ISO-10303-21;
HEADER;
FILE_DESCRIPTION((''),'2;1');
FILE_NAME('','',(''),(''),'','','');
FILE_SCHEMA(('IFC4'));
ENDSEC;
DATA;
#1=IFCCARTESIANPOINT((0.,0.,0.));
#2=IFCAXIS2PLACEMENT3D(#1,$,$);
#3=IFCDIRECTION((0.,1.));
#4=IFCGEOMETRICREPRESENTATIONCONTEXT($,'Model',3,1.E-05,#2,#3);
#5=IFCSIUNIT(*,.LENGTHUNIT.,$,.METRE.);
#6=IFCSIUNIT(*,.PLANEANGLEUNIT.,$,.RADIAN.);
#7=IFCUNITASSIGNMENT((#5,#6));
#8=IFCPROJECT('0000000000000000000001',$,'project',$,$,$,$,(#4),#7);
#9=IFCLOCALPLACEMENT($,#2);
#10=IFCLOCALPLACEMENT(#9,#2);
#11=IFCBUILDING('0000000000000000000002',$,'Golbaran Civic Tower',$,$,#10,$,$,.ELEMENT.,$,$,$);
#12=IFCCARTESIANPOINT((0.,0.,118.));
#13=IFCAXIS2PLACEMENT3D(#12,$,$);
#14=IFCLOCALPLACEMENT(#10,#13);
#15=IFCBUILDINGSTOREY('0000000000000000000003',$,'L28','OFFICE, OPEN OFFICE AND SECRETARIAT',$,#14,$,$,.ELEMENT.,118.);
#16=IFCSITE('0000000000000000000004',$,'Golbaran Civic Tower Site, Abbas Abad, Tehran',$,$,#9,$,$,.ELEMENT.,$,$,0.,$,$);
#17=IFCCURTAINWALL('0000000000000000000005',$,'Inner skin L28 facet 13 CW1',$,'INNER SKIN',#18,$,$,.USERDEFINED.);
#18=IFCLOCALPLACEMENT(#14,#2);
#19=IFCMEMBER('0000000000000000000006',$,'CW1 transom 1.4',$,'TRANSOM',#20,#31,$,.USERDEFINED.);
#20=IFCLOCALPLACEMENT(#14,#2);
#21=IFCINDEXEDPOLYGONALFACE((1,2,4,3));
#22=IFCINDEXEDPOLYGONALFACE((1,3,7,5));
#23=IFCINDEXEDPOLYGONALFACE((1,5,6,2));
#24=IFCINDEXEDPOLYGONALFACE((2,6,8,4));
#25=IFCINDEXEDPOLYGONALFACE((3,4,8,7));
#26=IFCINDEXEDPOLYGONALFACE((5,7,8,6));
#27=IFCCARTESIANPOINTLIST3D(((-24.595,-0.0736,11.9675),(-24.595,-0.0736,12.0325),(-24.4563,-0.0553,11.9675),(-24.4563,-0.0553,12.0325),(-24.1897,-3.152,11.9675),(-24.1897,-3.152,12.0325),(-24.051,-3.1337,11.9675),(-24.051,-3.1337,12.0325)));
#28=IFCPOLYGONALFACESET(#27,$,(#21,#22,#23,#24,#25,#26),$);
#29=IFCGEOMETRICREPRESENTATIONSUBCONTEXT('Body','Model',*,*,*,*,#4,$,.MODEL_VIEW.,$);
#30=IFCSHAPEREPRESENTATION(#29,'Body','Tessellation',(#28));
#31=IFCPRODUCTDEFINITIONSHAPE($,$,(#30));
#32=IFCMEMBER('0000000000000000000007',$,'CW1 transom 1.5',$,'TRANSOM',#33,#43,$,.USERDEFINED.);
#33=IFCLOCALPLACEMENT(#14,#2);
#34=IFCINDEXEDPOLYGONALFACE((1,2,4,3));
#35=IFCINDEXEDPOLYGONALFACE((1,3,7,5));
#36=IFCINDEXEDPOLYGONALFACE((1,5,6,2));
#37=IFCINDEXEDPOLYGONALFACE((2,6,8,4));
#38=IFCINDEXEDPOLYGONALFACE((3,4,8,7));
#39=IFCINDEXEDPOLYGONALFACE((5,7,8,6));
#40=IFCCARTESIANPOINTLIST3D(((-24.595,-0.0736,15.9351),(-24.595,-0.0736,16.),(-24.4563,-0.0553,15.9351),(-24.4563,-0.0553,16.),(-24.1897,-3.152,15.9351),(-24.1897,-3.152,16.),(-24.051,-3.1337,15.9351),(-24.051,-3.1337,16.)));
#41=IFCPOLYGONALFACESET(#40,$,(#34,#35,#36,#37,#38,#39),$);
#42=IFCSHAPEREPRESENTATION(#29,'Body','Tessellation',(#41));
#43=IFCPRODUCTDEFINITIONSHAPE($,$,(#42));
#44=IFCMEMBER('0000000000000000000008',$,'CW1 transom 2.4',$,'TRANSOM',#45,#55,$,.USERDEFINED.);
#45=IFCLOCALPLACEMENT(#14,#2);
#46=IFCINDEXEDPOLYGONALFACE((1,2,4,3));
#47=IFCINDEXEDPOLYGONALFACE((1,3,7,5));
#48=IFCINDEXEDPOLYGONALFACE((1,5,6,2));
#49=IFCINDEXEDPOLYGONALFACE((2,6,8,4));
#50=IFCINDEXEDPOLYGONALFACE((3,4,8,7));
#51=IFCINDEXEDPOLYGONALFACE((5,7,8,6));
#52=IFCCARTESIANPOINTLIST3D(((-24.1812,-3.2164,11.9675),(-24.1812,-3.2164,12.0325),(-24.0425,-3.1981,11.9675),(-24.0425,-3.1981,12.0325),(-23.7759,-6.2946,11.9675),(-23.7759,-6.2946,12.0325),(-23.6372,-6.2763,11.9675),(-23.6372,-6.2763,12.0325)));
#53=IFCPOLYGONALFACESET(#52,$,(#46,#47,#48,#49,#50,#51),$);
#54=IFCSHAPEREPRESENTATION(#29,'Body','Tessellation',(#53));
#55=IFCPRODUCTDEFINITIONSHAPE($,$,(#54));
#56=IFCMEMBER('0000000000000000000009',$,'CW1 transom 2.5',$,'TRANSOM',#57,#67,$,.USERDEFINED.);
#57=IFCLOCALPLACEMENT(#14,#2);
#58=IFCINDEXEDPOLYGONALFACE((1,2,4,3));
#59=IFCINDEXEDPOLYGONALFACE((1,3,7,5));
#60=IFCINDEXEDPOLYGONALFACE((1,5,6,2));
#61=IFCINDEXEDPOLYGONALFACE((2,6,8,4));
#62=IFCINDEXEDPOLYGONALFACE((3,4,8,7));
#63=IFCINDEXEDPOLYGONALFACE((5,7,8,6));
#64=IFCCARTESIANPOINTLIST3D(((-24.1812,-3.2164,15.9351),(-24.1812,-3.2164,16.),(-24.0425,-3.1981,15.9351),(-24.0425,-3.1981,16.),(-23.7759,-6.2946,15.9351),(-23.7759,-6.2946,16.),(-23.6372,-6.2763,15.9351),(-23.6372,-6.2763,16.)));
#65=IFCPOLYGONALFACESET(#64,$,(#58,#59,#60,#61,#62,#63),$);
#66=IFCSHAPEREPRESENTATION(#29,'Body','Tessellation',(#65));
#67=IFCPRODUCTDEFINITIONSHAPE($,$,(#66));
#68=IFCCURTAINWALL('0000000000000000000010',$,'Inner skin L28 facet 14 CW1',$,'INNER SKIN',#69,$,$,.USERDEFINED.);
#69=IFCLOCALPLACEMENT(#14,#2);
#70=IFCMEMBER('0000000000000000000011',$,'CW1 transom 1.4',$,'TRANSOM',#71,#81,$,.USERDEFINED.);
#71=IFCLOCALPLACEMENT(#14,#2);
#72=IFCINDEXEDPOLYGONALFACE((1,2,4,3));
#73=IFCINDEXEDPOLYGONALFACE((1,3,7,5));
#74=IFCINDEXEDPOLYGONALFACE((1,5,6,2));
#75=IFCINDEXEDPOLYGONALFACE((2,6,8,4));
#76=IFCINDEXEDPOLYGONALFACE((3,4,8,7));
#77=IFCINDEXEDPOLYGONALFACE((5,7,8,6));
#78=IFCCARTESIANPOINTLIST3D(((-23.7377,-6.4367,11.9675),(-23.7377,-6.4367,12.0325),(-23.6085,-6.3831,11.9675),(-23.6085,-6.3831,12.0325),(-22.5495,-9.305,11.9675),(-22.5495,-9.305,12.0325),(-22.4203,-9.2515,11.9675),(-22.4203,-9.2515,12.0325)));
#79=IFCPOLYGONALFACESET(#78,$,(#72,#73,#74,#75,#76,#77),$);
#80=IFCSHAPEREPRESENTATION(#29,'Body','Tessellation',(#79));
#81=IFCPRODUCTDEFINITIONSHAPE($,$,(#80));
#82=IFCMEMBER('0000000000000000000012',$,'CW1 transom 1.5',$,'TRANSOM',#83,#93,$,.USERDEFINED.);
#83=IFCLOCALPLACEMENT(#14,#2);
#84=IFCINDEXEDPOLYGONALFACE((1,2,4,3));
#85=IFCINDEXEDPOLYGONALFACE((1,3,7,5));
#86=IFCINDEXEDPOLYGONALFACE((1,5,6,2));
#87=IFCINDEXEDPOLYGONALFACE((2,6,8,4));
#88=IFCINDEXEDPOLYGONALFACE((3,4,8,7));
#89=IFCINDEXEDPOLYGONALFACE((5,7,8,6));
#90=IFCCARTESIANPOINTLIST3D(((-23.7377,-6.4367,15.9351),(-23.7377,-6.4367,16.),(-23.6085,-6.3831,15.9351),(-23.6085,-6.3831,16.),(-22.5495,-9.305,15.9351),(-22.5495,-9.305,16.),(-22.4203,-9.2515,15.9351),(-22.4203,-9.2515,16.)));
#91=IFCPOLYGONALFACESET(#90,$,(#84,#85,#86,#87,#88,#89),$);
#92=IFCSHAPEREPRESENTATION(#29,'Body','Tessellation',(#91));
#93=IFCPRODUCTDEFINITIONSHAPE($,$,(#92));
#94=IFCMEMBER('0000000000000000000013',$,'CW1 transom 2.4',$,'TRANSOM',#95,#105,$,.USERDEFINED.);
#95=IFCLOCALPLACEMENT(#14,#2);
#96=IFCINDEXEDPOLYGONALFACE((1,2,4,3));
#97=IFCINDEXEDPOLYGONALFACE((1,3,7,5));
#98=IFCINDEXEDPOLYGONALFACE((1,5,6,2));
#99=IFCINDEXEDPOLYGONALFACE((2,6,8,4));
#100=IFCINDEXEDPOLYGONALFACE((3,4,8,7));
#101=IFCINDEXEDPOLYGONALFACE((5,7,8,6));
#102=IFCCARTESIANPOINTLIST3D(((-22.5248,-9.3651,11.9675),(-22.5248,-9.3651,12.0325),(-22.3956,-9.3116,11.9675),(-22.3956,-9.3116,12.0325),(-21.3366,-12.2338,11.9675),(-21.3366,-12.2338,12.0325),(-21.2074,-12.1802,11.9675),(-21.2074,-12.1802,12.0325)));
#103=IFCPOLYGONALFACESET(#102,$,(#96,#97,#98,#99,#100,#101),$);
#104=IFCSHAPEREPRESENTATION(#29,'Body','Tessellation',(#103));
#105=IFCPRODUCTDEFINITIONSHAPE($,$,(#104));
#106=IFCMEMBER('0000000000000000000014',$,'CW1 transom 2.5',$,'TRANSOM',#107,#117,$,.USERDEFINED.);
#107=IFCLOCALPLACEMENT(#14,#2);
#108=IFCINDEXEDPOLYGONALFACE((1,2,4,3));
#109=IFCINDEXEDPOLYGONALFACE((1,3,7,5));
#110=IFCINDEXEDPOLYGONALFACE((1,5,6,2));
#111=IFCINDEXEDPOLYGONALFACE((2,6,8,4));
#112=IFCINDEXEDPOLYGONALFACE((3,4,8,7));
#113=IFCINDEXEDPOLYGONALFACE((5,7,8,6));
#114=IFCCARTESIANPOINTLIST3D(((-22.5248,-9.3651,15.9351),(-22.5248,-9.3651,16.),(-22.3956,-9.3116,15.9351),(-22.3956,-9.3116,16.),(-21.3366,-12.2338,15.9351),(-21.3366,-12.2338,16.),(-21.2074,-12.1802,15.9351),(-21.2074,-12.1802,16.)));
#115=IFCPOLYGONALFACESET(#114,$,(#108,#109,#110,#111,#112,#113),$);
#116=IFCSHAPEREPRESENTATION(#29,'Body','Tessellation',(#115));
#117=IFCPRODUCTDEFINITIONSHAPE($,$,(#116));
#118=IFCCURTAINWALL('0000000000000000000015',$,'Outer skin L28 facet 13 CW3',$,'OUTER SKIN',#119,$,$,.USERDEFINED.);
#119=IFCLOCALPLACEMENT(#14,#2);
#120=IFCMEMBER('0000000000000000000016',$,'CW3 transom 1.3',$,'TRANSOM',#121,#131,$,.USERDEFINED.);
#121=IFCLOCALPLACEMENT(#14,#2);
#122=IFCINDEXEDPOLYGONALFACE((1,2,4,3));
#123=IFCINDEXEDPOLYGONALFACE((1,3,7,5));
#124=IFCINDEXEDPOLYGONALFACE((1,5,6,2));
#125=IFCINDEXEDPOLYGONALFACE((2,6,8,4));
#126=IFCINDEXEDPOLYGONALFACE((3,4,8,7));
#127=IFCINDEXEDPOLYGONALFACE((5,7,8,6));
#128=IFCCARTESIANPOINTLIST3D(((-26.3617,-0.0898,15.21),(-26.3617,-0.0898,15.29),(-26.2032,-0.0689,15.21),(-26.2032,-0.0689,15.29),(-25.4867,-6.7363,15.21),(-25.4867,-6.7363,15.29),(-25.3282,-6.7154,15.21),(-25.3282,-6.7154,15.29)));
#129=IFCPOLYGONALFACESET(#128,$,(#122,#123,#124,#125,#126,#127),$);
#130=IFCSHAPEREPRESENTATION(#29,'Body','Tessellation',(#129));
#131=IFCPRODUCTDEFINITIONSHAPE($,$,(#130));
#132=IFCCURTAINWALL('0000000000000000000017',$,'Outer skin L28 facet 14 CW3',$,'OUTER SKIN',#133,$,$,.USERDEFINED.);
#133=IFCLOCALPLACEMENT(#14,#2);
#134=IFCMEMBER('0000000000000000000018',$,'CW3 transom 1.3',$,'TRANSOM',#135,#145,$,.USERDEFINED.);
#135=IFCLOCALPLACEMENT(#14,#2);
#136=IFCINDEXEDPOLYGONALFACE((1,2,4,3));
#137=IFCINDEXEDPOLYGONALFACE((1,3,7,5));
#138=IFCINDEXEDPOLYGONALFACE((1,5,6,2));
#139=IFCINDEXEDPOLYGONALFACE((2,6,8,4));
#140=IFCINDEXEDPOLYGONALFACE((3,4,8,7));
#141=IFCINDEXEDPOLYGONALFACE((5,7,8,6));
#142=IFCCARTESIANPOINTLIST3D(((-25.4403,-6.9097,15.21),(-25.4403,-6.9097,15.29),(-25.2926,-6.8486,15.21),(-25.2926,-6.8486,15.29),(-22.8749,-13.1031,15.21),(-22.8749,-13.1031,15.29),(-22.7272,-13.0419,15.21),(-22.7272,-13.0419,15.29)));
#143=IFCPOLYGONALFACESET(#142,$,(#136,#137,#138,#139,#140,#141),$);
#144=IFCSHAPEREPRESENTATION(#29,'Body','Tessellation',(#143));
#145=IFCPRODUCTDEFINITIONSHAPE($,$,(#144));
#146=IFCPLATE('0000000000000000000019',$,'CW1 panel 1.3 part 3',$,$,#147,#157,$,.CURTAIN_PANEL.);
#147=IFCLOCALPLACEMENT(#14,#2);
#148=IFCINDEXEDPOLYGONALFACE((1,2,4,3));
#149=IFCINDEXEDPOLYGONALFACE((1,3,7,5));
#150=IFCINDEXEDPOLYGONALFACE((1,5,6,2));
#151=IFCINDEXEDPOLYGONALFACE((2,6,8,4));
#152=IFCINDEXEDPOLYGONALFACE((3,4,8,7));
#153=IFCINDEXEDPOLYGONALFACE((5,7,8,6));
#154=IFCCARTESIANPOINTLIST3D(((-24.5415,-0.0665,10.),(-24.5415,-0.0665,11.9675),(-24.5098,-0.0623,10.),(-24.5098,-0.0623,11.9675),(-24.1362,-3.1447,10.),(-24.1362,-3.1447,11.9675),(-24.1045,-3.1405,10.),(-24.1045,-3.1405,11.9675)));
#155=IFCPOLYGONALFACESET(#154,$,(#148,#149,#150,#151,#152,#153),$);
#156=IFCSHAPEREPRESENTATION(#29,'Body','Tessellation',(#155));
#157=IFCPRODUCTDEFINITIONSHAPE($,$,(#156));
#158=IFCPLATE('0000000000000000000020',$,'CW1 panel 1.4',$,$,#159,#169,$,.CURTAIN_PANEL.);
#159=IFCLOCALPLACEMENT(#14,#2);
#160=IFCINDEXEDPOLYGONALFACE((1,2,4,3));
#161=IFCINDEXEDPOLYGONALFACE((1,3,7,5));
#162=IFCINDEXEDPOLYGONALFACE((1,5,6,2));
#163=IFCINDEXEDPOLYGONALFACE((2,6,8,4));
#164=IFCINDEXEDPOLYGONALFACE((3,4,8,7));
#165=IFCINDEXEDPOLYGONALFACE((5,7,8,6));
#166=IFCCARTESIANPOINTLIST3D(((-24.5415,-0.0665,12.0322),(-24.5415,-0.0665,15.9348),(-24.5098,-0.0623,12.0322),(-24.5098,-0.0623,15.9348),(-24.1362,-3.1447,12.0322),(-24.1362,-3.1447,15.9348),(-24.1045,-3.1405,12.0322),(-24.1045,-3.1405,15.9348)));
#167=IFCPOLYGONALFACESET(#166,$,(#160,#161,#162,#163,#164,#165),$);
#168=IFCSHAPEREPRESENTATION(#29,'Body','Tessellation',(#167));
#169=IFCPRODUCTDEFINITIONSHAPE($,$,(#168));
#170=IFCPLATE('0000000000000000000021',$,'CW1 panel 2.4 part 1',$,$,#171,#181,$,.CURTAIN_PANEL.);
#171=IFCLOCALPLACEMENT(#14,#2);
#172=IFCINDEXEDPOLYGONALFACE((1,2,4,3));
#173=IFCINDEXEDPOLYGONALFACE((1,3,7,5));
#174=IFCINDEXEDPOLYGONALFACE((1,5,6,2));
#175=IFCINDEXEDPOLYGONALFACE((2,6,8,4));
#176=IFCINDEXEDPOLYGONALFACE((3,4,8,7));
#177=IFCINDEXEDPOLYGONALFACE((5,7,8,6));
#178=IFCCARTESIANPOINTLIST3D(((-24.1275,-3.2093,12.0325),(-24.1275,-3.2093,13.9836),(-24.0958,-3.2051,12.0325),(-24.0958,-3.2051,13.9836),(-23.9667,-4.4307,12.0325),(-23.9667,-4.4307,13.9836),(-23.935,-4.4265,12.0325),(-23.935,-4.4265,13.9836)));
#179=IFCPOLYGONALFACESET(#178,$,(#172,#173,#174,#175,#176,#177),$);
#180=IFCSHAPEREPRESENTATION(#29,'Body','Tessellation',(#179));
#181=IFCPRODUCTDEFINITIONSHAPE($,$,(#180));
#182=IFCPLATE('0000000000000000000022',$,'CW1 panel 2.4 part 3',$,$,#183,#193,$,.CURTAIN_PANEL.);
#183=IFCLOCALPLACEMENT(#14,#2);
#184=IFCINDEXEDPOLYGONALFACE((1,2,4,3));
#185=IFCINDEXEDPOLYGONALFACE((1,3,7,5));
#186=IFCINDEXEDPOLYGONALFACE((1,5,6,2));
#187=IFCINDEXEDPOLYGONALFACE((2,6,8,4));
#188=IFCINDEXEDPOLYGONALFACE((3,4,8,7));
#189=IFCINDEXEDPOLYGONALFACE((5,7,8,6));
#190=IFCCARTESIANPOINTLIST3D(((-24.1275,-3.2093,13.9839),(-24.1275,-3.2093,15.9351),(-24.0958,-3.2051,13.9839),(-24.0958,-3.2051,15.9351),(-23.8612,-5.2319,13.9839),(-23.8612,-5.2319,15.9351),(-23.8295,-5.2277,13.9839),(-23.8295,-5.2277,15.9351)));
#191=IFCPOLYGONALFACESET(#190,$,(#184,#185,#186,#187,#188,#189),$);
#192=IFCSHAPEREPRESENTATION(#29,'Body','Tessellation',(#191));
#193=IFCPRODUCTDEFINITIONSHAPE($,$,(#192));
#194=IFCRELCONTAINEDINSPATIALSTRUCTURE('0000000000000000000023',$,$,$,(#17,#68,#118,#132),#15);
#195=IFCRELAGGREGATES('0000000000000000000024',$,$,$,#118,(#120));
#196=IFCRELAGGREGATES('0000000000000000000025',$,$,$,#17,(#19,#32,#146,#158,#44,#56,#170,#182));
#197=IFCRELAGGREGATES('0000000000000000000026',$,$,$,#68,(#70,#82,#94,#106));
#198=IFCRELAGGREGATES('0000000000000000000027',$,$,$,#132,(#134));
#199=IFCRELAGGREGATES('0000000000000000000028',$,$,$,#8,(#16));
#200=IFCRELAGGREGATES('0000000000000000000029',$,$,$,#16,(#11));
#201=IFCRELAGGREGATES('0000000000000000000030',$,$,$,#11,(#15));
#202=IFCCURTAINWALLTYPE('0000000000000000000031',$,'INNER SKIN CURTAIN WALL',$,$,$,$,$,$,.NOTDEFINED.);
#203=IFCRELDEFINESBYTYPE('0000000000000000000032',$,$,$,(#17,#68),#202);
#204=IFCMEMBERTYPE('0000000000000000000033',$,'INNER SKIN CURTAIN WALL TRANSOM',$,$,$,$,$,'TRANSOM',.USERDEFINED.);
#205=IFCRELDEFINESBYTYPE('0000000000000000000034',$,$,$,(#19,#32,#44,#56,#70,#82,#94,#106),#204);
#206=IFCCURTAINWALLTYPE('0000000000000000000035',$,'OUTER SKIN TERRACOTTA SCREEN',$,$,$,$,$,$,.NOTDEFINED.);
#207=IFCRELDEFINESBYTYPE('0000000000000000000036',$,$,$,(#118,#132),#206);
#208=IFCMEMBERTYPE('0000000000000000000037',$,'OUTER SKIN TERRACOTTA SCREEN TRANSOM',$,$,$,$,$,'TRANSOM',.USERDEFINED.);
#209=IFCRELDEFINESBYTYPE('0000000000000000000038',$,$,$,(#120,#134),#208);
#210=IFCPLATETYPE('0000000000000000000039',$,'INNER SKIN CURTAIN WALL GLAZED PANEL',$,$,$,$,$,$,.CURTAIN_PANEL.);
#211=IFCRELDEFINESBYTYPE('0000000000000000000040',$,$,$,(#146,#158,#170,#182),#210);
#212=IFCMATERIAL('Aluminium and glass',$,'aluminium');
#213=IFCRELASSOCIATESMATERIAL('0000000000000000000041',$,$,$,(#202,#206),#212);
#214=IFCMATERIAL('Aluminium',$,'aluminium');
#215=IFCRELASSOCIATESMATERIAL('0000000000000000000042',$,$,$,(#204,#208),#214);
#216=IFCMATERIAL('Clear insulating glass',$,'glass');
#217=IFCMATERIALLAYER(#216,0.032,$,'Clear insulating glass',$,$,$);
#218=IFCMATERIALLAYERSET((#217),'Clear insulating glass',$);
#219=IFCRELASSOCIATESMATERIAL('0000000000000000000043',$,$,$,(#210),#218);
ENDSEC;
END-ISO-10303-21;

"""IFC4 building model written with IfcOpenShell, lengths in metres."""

from ifc_helpers import new_model, si_unit, direction, frame, origin, origin_2d, place, context, subcontext, project, spatial, rectangle, extrude, material, layer, layer_set, material_profile, profile_set, type_object, element, aggregate, save


model = new_model("IFC4")

# Units and contexts
model_context = context("Model", 3, precision=1e-05, world=origin(), true_north=direction((0.0, 1.0)))
body_context = subcontext(model_context, "Body", "Model", "MODEL_VIEW")
ifc_project = project(units=[si_unit("LENGTHUNIT", "METRE"), si_unit("PLANEANGLEUNIT", "RADIAN")], contexts=[model_context])

# Site, building, storey
site_placement = place(None, origin())
site = spatial("IfcSite", under=ifc_project, at=site_placement, Name="Golbaran Civic Tower Site, Abbas Abad, Tehran", CompositionType="ELEMENT", RefElevation=0.0)
building_placement = place(site_placement, origin())
building = spatial("IfcBuilding", under=site, at=building_placement, Name="Golbaran Civic Tower", CompositionType="ELEMENT")
storey_placement = place(building_placement, frame((0.0, 0.0, 118.0)))
storey = spatial("IfcBuildingStorey", under=building, at=storey_placement, Name="L28", Description="OFFICE, OPEN OFFICE AND SECRETARIAT", CompositionType="ELEMENT", Elevation=118.0)

# Curtain walls, members
ifc_material_1 = material(Name="Aluminium and glass", Category="aluminium")
curtain_wall_type_1 = type_object("IfcCurtainWallType", Name="INNER SKIN CURTAIN WALL", PredefinedType="NOTDEFINED", material=ifc_material_1)
curtain_wall_1_placement = place(storey_placement, origin())
curtain_wall_1 = element("IfcCurtainWall", 1, at=curtain_wall_1_placement, inside=storey, type_object=curtain_wall_type_1, Name="Inner skin L28 facet 13 CW1", ObjectType="INNER SKIN", PredefinedType="USERDEFINED")
ifc_material_2 = material(Name="Aluminium", Category="aluminium")
ifc_material_profile_1 = material_profile(ifc_material_2, rectangle(XDim=0.1399, YDim=0.0649, at=origin_2d()), Name="INNER SKIN CURTAIN WALL TRANSOM")
ifc_profile_set_1 = profile_set([ifc_material_profile_1], Name="Aluminium")
member_type_1 = type_object("IfcMemberType", Name="INNER SKIN CURTAIN WALL TRANSOM", ElementType="TRANSOM", PredefinedType="USERDEFINED", material=ifc_profile_set_1)
member_1_placement = place(storey_placement, frame((-24.5256, -0.0645, 12.0), z_axis=(0.130526, -0.991445, 0.0), x_axis=(0.991445, 0.130526, 0.0)))
member_1 = element("IfcMember", 2, at=member_1_placement, type_object=member_type_1, Name="CW1 transom 1.4", ObjectType="TRANSOM", PredefinedType="USERDEFINED", context=body_context, shape_type="SweptSolid", body=[
    extrude(rectangle(XDim=0.1399, YDim=0.0649, at=origin_2d()), origin(), (0.0, 0.0, 1.0), 3.105),
])
member_2_placement = place(storey_placement, frame((-24.5256, -0.0645, 15.9675), z_axis=(0.130526, -0.991445, 0.0), x_axis=(0.991445, 0.130526, 0.0)))
member_2 = element("IfcMember", 3, at=member_2_placement, type_object=member_type_1, Name="CW1 transom 1.5", ObjectType="TRANSOM", PredefinedType="USERDEFINED", context=body_context, shape_type="SweptSolid", body=[
    extrude(rectangle(XDim=0.1399, YDim=0.0649, at=origin_2d()), origin(), (0.0, 0.0, 1.0), 3.105),
])
member_3_placement = place(storey_placement, frame((-24.1118, -3.2073, 12.0), z_axis=(0.130536, -0.991444, 0.0), x_axis=(0.991444, 0.130536, 0.0)))
member_3 = element("IfcMember", 4, at=member_3_placement, type_object=member_type_1, Name="CW1 transom 2.4", ObjectType="TRANSOM", PredefinedType="USERDEFINED", context=body_context, shape_type="SweptSolid", body=[
    extrude(rectangle(XDim=0.1399, YDim=0.0649, at=origin_2d()), origin(), (0.0, 0.0, 1.0), 3.1047),
])
member_4_placement = place(storey_placement, frame((-24.1118, -3.2073, 15.9675), z_axis=(0.130536, -0.991444, 0.0), x_axis=(0.991444, 0.130536, 0.0)))
member_4 = element("IfcMember", 5, at=member_4_placement, type_object=member_type_1, Name="CW1 transom 2.5", ObjectType="TRANSOM", PredefinedType="USERDEFINED", context=body_context, shape_type="SweptSolid", body=[
    extrude(rectangle(XDim=0.1399, YDim=0.0649, at=origin_2d()), origin(), (0.0, 0.0, 1.0), 3.1047),
])
curtain_wall_2_placement = place(storey_placement, origin())
curtain_wall_2 = element("IfcCurtainWall", 6, at=curtain_wall_2_placement, inside=storey, type_object=curtain_wall_type_1, Name="Inner skin L28 facet 14 CW1", ObjectType="INNER SKIN", PredefinedType="USERDEFINED")
member_5_placement = place(storey_placement, frame((-23.6731, -6.4099, 12.0), z_axis=(0.382711, -0.923868, 0.0), x_axis=(0.923868, 0.382711, 0.0)))
member_5 = element("IfcMember", 7, at=member_5_placement, type_object=member_type_1, Name="CW1 transom 1.4", ObjectType="TRANSOM", PredefinedType="USERDEFINED", context=body_context, shape_type="SweptSolid", body=[
    extrude(rectangle(XDim=0.1399, YDim=0.0649, at=origin_2d()), origin(), (0.0, 0.0, 1.0), 3.1047),
])
member_6_placement = place(storey_placement, frame((-23.6731, -6.4099, 15.9675), z_axis=(0.382711, -0.923868, 0.0), x_axis=(0.923868, 0.382711, 0.0)))
member_6 = element("IfcMember", 8, at=member_6_placement, type_object=member_type_1, Name="CW1 transom 1.5", ObjectType="TRANSOM", PredefinedType="USERDEFINED", context=body_context, shape_type="SweptSolid", body=[
    extrude(rectangle(XDim=0.1399, YDim=0.0649, at=origin_2d()), origin(), (0.0, 0.0, 1.0), 3.1047),
])
member_7_placement = place(storey_placement, frame((-22.4602, -9.3384, 12.0), z_axis=(0.382683, -0.92388, 0.0), x_axis=(0.92388, 0.382683, 0.0)))
member_7 = element("IfcMember", 9, at=member_7_placement, type_object=member_type_1, Name="CW1 transom 2.4", ObjectType="TRANSOM", PredefinedType="USERDEFINED", context=body_context, shape_type="SweptSolid", body=[
    extrude(rectangle(XDim=0.1399, YDim=0.0649, at=origin_2d()), origin(), (0.0, 0.0, 1.0), 3.105),
])
member_8_placement = place(storey_placement, frame((-22.4602, -9.3384, 15.9675), z_axis=(0.382683, -0.92388, 0.0), x_axis=(0.92388, 0.382683, 0.0)))
member_8 = element("IfcMember", 10, at=member_8_placement, type_object=member_type_1, Name="CW1 transom 2.5", ObjectType="TRANSOM", PredefinedType="USERDEFINED", context=body_context, shape_type="SweptSolid", body=[
    extrude(rectangle(XDim=0.1399, YDim=0.0649, at=origin_2d()), origin(), (0.0, 0.0, 1.0), 3.105),
])

# Curtain walls, members
curtain_wall_type_2 = type_object("IfcCurtainWallType", Name="OUTER SKIN TERRACOTTA SCREEN", PredefinedType="NOTDEFINED", material=ifc_material_1)
curtain_wall_3_placement = place(storey_placement, origin())
curtain_wall_3 = element("IfcCurtainWall", 11, at=curtain_wall_3_placement, inside=storey, type_object=curtain_wall_type_2, Name="Outer skin L28 facet 13 CW3", ObjectType="OUTER SKIN", PredefinedType="USERDEFINED")
ifc_material_profile_2 = material_profile(ifc_material_2, rectangle(XDim=0.1599, YDim=0.0801, at=origin_2d()), Name="OUTER SKIN TERRACOTTA SCREEN TRANSOM")
ifc_profile_set_2 = profile_set([ifc_material_profile_2], Name="Aluminium")
member_type_2 = type_object("IfcMemberType", Name="OUTER SKIN TERRACOTTA SCREEN TRANSOM", ElementType="TRANSOM", PredefinedType="USERDEFINED", material=ifc_profile_set_2)
member_9_placement = place(storey_placement, frame((-26.2825, -0.0793, 15.25), z_axis=(0.130522, -0.991445, 0.0), x_axis=(0.991445, 0.130522, 0.0)))
member_9 = element("IfcMember", 12, at=member_9_placement, type_object=member_type_2, Name="CW3 transom 1.3", ObjectType="TRANSOM", PredefinedType="USERDEFINED", context=body_context, shape_type="SweptSolid", body=[
    extrude(rectangle(XDim=0.1599, YDim=0.0801, at=origin_2d()), origin(), (0.0, 0.0, 1.0), 6.7039),
])
aggregate(curtain_wall_3, [member_9])
curtain_wall_4_placement = place(storey_placement, origin())
curtain_wall_4 = element("IfcCurtainWall", 13, at=curtain_wall_4_placement, inside=storey, type_object=curtain_wall_type_2, Name="Outer skin L28 facet 14 CW3", ObjectType="OUTER SKIN", PredefinedType="USERDEFINED")
member_10_placement = place(storey_placement, frame((-25.3665, -6.8792, 15.25), z_axis=(0.382691, -0.923877, 0.0), x_axis=(0.923877, 0.382691, 0.0)))
member_10 = element("IfcMember", 14, at=member_10_placement, type_object=member_type_2, Name="CW3 transom 1.3", ObjectType="TRANSOM", PredefinedType="USERDEFINED", context=body_context, shape_type="SweptSolid", body=[
    extrude(rectangle(XDim=0.1599, YDim=0.0801, at=origin_2d()), origin(), (0.0, 0.0, 1.0), 6.7036),
])

# Plates
ifc_material_3 = material(Name="Clear insulating glass", Category="glass")
ifc_layer_1 = layer(ifc_material_3, 0.032, Name="Clear insulating glass")
ifc_layer_set_1 = layer_set([ifc_layer_1], Name="Clear insulating glass")
plate_type_1 = type_object("IfcPlateType", Name="INNER SKIN CURTAIN WALL GLAZED PANEL", PredefinedType="CURTAIN_PANEL", material=ifc_layer_set_1)
plate_1_placement = place(storey_placement, frame((-24.323, -1.6035, 10.0), z_axis=(0.0, 0.0, 1.0), x_axis=(0.130526, -0.991445, 0.0)))
plate_1 = element("IfcPlate", 15, at=plate_1_placement, type_object=plate_type_1, Name="CW1 panel 1.3 part 3", PredefinedType="CURTAIN_PANEL", context=body_context, shape_type="SweptSolid", body=[
    extrude(rectangle(XDim=3.1047, YDim=0.032, at=origin_2d()), origin(), (0.0, 0.0, 1.0), 1.9675),
])
plate_2_placement = place(storey_placement, frame((-24.323, -1.6035, 12.0322), z_axis=(0.0, 0.0, 1.0), x_axis=(0.130526, -0.991445, 0.0)))
plate_2 = element("IfcPlate", 16, at=plate_2_placement, type_object=plate_type_1, Name="CW1 panel 1.4", PredefinedType="CURTAIN_PANEL", context=body_context, shape_type="SweptSolid", body=[
    extrude(rectangle(XDim=3.1047, YDim=0.032, at=origin_2d()), origin(), (0.0, 0.0, 1.0), 3.9026),
])
plate_3_placement = place(storey_placement, frame((-24.0312, -3.8179, 12.0325), z_axis=(0.0, 0.0, 1.0), x_axis=(0.130526, -0.991445, 0.0)))
plate_3 = element("IfcPlate", 17, at=plate_3_placement, type_object=plate_type_1, Name="CW1 panel 2.4 part 1", PredefinedType="CURTAIN_PANEL", context=body_context, shape_type="SweptSolid", body=[
    extrude(rectangle(XDim=1.2319, YDim=0.032, at=origin_2d()), origin(), (0.0, 0.0, 1.0), 1.9512),
])
plate_4_placement = place(storey_placement, frame((-23.9785, -4.2185, 13.9839), z_axis=(0.0, 0.0, 1.0), x_axis=(0.130526, -0.991445, 0.0)))
plate_4 = element("IfcPlate", 18, at=plate_4_placement, type_object=plate_type_1, Name="CW1 panel 2.4 part 3", PredefinedType="CURTAIN_PANEL", context=body_context, shape_type="SweptSolid", body=[
    extrude(rectangle(XDim=2.04, YDim=0.032, at=origin_2d()), origin(), (0.0, 0.0, 1.0), 1.9512),
])
aggregate(curtain_wall_1, [member_1, member_2, plate_1, plate_2, member_3, member_4, plate_3, plate_4])
aggregate(curtain_wall_2, [member_5, member_6, member_7, member_8])
aggregate(curtain_wall_4, [member_10])

save(model, "model.ifc")
